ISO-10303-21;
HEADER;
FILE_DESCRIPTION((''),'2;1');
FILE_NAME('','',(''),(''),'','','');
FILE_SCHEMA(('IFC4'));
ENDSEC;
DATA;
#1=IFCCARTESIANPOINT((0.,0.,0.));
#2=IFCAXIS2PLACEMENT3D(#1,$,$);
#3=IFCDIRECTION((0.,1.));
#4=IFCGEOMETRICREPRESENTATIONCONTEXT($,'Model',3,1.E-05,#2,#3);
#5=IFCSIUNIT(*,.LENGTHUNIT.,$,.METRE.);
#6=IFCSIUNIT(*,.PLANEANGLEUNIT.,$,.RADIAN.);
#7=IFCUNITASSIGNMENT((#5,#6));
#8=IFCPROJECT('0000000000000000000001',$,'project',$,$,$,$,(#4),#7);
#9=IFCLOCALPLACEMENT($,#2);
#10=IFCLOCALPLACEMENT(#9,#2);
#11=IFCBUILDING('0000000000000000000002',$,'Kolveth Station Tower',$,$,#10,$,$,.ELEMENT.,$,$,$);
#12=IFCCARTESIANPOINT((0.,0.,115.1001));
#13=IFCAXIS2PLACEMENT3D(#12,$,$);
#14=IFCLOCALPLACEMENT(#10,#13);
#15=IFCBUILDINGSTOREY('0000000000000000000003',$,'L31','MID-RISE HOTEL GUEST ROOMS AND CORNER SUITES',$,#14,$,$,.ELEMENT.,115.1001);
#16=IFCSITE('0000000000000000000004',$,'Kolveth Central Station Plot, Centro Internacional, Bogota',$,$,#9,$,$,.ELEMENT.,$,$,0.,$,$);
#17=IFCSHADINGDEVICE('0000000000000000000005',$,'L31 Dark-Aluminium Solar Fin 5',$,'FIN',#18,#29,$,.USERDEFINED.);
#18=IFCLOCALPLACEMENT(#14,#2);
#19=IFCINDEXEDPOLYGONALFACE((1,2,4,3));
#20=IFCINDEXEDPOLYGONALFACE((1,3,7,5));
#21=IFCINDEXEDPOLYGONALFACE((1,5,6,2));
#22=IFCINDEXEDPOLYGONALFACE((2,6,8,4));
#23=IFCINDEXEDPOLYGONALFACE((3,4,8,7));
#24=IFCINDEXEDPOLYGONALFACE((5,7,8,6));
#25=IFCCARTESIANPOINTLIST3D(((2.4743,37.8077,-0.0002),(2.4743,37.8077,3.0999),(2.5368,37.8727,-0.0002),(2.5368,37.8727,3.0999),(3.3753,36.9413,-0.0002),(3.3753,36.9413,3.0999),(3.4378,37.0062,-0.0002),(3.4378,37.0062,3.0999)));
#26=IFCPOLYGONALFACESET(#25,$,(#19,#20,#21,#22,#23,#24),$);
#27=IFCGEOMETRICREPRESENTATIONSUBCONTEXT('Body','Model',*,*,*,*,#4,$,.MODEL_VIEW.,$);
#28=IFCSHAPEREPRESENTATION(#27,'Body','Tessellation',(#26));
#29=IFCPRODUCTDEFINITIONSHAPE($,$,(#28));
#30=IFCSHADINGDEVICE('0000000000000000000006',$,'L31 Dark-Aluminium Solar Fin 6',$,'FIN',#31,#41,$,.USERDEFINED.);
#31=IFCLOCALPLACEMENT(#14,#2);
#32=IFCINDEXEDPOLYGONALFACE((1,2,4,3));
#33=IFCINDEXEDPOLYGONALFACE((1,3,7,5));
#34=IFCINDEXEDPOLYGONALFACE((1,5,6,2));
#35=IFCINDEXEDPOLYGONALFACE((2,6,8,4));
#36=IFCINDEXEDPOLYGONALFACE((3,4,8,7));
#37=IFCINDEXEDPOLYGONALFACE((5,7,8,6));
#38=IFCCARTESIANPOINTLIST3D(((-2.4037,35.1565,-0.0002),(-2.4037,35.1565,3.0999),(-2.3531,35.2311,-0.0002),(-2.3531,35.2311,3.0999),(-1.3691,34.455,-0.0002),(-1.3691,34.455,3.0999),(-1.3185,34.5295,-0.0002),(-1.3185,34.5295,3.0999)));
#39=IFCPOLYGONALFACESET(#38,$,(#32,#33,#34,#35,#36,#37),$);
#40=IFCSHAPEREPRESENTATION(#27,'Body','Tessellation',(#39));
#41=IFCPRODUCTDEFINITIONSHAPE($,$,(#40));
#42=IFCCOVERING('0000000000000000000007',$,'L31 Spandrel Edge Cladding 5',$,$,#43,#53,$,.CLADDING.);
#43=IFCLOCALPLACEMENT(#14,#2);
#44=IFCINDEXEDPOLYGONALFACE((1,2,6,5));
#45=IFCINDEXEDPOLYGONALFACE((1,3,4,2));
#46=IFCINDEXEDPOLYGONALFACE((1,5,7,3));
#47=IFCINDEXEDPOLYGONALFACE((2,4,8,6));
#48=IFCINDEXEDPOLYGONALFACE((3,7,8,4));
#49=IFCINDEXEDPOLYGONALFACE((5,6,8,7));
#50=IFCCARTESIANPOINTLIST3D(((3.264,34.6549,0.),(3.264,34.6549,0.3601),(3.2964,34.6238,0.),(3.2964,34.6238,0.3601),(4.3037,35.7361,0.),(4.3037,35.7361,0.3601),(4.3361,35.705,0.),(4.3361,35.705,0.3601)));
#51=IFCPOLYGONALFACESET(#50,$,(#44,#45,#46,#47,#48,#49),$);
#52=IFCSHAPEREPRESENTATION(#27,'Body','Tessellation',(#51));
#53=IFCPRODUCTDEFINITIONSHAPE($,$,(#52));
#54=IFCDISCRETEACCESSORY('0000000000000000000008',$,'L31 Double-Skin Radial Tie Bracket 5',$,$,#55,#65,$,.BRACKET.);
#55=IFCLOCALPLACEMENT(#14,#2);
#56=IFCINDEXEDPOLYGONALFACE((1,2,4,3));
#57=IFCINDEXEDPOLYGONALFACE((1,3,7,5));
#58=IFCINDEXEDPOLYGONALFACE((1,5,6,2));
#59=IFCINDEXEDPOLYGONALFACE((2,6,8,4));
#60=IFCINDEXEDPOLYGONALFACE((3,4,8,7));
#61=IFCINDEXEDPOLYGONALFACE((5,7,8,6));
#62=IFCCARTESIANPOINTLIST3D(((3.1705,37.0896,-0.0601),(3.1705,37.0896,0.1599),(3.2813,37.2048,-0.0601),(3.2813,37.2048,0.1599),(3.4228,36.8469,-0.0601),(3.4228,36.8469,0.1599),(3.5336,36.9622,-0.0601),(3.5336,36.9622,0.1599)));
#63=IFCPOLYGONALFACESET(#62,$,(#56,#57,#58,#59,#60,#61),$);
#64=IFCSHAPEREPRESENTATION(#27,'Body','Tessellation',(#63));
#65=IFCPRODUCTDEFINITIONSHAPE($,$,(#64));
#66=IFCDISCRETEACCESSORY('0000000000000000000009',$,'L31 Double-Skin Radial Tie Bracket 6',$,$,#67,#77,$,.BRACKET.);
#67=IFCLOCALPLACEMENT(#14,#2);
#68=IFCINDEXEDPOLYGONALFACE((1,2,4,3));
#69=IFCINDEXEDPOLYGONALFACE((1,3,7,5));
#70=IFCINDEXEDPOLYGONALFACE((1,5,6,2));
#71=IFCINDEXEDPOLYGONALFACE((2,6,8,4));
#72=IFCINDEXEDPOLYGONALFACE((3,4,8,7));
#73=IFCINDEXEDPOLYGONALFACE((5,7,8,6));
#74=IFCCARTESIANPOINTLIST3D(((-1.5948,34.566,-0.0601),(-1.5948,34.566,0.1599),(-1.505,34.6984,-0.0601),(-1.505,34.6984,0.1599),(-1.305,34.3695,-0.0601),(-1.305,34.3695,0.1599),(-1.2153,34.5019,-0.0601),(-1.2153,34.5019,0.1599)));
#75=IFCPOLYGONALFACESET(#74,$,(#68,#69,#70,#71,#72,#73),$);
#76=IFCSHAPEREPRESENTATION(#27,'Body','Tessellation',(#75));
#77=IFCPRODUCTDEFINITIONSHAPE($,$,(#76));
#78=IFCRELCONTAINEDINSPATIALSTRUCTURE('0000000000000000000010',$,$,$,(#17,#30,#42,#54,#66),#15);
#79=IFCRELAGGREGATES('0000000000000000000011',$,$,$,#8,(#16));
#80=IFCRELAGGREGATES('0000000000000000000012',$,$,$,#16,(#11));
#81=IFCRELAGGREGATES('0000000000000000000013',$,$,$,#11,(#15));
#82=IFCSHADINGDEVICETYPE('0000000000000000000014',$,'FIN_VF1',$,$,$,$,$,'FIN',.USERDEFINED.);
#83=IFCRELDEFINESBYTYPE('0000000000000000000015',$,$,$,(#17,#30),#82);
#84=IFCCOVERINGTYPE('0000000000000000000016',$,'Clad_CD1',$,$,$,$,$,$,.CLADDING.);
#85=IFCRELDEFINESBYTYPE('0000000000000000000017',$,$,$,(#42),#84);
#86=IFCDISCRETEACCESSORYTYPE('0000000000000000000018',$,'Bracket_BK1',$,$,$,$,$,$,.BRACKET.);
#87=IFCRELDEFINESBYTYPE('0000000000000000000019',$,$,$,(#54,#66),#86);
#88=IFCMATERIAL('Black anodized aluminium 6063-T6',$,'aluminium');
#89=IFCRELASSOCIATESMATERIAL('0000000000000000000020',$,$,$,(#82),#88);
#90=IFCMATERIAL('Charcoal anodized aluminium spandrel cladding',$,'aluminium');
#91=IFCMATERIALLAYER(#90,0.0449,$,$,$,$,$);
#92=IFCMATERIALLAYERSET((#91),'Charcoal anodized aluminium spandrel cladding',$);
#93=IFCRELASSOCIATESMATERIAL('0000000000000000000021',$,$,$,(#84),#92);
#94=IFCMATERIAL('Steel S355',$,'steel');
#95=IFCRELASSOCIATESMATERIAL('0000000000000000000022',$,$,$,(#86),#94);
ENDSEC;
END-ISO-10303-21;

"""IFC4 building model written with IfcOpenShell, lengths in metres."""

from ifc_helpers import new_model, si_unit, direction, frame, origin, origin_2d, place, context, subcontext, project, spatial, rectangle, extrude, source, transform, mapped, material, layer, layer_set, type_object, element, save


model = new_model("IFC4")

# Units and contexts
model_context = context("Model", 3, precision=1e-05, world=origin(), true_north=direction((0.0, 1.0)))
body_context = subcontext(model_context, "Body", "Model", "MODEL_VIEW")
ifc_project = project(units=[si_unit("LENGTHUNIT", "METRE"), si_unit("PLANEANGLEUNIT", "RADIAN")], contexts=[model_context])

# Site, building, storey
site_placement = place(None, origin())
site = spatial("IfcSite", under=ifc_project, at=site_placement, Name="Kolveth Central Station Plot, Centro Internacional, Bogota", CompositionType="ELEMENT", RefElevation=0.0)
building_placement = place(site_placement, origin())
building = spatial("IfcBuilding", under=site, at=building_placement, Name="Kolveth Station Tower", CompositionType="ELEMENT")
storey_placement = place(building_placement, frame((0.0, 0.0, 115.1001)))
storey = spatial("IfcBuildingStorey", under=building, at=storey_placement, Name="L31", Description="MID-RISE HOTEL GUEST ROOMS AND CORNER SUITES", CompositionType="ELEMENT", Elevation=115.1001)

# Shared definitions
ifc_material_1 = material(Name="Black anodized aluminium 6063-T6", Category="aluminium")

# Shading devices
shading_device_type = type_object("IfcShadingDeviceType", Name="FIN_VF1", ElementType="FIN", PredefinedType="USERDEFINED", material=ifc_material_1)
shared_shape_1 = source(origin(), body_context, "Body", "SweptSolid", [
    extrude(rectangle(XDim=1.25, YDim=0.0901, at=origin_2d()), origin(), (0.0, 0.0, 1.0), 3.1001),
])
for number, where, z_axis, x_axis, name in (
    (1, (2.9561, 37.407, -0.0002), (0.0, 0.0, 1.0), (-0.720793, 0.69315, 0.0), "L31 Dark-Aluminium Solar Fin 5"),
    (2, (-1.8611, 34.843, -0.0002), (0.0, 0.0, 1.0), (-0.827669, 0.561217, 0.0), "L31 Dark-Aluminium Solar Fin 6"),
):
    element("IfcShadingDevice", number, at=place(storey_placement, frame(where, z_axis=z_axis, x_axis=x_axis)), inside=storey, type_object=shading_device_type, Name=name, ObjectType="FIN", PredefinedType="USERDEFINED", context=body_context, shape_type="MappedRepresentation", body=[
        mapped(shared_shape_1, transform((0.0, 0.0, 0.0), x_axis=(1.0, 0.0, 0.0), y_axis=(0.0, 1.0, 0.0), z_axis=(0.0, 0.0, 1.0), scale=1.0)),
    ])

# Covering
ifc_material_2 = material(Name="Charcoal anodized aluminium spandrel cladding", Category="aluminium")
ifc_layer_1 = layer(ifc_material_2, 0.0449)
ifc_layer_set_1 = layer_set([ifc_layer_1], Name="Charcoal anodized aluminium spandrel cladding")
covering_type = type_object("IfcCoveringType", Name="Clad_CD1", PredefinedType="CLADDING", material=ifc_layer_set_1)
shared_shape_2 = source(origin(), body_context, "Body", "SweptSolid", [
    extrude(rectangle(XDim=1.5, YDim=0.0449, at=origin_2d()), origin(), (0.0, 0.0, 1.0), 0.3601),
])
covering_placement = place(storey_placement, frame((3.8, 35.1799, 0.0), z_axis=(0.0, 0.0, 1.0), x_axis=(-0.69315, -0.720793, 0.0)))
element("IfcCovering", 3, at=covering_placement, inside=storey, type_object=covering_type, Name="L31 Spandrel Edge Cladding 5", PredefinedType="CLADDING", context=body_context, shape_type="MappedRepresentation", body=[
    mapped(shared_shape_2, transform((0.0, 0.0, 0.0), x_axis=(1.0, 0.0, 0.0), y_axis=(0.0, 1.0, 0.0), z_axis=(0.0, 0.0, 1.0), scale=1.0)),
])

# Discrete accessories
ifc_material_3 = material(Name="Steel S355", Category="steel")
discrete_accessory_type = type_object("IfcDiscreteAccessoryType", Name="Bracket_BK1", PredefinedType="BRACKET", material=ifc_material_3)
shared_shape_3 = source(origin(), body_context, "Body", "SweptSolid", [
    extrude(rectangle(XDim=0.3501, YDim=0.1599, at=origin_2d()), origin(), (0.0, 0.0, 1.0), 0.22),
])
for number, where, z_axis, x_axis, name in (
    (4, (3.3521, 37.0259, -0.0601), (0.0, 0.0, 1.0), (-0.720793, 0.69315, 0.0), "L31 Double-Skin Radial Tie Bracket 5"),
    (5, (-1.405, 34.5339, -0.0601), (0.0, 0.0, 1.0), (-0.827669, 0.561217, 0.0), "L31 Double-Skin Radial Tie Bracket 6"),
):
    element("IfcDiscreteAccessory", number, at=place(storey_placement, frame(where, z_axis=z_axis, x_axis=x_axis)), inside=storey, type_object=discrete_accessory_type, Name=name, PredefinedType="BRACKET", context=body_context, shape_type="MappedRepresentation", body=[
        mapped(shared_shape_3, transform((0.0, 0.0, 0.0), x_axis=(1.0, 0.0, 0.0), y_axis=(0.0, 1.0, 0.0), z_axis=(0.0, 0.0, 1.0), scale=1.0)),
    ])

save(model, "model.ifc")
